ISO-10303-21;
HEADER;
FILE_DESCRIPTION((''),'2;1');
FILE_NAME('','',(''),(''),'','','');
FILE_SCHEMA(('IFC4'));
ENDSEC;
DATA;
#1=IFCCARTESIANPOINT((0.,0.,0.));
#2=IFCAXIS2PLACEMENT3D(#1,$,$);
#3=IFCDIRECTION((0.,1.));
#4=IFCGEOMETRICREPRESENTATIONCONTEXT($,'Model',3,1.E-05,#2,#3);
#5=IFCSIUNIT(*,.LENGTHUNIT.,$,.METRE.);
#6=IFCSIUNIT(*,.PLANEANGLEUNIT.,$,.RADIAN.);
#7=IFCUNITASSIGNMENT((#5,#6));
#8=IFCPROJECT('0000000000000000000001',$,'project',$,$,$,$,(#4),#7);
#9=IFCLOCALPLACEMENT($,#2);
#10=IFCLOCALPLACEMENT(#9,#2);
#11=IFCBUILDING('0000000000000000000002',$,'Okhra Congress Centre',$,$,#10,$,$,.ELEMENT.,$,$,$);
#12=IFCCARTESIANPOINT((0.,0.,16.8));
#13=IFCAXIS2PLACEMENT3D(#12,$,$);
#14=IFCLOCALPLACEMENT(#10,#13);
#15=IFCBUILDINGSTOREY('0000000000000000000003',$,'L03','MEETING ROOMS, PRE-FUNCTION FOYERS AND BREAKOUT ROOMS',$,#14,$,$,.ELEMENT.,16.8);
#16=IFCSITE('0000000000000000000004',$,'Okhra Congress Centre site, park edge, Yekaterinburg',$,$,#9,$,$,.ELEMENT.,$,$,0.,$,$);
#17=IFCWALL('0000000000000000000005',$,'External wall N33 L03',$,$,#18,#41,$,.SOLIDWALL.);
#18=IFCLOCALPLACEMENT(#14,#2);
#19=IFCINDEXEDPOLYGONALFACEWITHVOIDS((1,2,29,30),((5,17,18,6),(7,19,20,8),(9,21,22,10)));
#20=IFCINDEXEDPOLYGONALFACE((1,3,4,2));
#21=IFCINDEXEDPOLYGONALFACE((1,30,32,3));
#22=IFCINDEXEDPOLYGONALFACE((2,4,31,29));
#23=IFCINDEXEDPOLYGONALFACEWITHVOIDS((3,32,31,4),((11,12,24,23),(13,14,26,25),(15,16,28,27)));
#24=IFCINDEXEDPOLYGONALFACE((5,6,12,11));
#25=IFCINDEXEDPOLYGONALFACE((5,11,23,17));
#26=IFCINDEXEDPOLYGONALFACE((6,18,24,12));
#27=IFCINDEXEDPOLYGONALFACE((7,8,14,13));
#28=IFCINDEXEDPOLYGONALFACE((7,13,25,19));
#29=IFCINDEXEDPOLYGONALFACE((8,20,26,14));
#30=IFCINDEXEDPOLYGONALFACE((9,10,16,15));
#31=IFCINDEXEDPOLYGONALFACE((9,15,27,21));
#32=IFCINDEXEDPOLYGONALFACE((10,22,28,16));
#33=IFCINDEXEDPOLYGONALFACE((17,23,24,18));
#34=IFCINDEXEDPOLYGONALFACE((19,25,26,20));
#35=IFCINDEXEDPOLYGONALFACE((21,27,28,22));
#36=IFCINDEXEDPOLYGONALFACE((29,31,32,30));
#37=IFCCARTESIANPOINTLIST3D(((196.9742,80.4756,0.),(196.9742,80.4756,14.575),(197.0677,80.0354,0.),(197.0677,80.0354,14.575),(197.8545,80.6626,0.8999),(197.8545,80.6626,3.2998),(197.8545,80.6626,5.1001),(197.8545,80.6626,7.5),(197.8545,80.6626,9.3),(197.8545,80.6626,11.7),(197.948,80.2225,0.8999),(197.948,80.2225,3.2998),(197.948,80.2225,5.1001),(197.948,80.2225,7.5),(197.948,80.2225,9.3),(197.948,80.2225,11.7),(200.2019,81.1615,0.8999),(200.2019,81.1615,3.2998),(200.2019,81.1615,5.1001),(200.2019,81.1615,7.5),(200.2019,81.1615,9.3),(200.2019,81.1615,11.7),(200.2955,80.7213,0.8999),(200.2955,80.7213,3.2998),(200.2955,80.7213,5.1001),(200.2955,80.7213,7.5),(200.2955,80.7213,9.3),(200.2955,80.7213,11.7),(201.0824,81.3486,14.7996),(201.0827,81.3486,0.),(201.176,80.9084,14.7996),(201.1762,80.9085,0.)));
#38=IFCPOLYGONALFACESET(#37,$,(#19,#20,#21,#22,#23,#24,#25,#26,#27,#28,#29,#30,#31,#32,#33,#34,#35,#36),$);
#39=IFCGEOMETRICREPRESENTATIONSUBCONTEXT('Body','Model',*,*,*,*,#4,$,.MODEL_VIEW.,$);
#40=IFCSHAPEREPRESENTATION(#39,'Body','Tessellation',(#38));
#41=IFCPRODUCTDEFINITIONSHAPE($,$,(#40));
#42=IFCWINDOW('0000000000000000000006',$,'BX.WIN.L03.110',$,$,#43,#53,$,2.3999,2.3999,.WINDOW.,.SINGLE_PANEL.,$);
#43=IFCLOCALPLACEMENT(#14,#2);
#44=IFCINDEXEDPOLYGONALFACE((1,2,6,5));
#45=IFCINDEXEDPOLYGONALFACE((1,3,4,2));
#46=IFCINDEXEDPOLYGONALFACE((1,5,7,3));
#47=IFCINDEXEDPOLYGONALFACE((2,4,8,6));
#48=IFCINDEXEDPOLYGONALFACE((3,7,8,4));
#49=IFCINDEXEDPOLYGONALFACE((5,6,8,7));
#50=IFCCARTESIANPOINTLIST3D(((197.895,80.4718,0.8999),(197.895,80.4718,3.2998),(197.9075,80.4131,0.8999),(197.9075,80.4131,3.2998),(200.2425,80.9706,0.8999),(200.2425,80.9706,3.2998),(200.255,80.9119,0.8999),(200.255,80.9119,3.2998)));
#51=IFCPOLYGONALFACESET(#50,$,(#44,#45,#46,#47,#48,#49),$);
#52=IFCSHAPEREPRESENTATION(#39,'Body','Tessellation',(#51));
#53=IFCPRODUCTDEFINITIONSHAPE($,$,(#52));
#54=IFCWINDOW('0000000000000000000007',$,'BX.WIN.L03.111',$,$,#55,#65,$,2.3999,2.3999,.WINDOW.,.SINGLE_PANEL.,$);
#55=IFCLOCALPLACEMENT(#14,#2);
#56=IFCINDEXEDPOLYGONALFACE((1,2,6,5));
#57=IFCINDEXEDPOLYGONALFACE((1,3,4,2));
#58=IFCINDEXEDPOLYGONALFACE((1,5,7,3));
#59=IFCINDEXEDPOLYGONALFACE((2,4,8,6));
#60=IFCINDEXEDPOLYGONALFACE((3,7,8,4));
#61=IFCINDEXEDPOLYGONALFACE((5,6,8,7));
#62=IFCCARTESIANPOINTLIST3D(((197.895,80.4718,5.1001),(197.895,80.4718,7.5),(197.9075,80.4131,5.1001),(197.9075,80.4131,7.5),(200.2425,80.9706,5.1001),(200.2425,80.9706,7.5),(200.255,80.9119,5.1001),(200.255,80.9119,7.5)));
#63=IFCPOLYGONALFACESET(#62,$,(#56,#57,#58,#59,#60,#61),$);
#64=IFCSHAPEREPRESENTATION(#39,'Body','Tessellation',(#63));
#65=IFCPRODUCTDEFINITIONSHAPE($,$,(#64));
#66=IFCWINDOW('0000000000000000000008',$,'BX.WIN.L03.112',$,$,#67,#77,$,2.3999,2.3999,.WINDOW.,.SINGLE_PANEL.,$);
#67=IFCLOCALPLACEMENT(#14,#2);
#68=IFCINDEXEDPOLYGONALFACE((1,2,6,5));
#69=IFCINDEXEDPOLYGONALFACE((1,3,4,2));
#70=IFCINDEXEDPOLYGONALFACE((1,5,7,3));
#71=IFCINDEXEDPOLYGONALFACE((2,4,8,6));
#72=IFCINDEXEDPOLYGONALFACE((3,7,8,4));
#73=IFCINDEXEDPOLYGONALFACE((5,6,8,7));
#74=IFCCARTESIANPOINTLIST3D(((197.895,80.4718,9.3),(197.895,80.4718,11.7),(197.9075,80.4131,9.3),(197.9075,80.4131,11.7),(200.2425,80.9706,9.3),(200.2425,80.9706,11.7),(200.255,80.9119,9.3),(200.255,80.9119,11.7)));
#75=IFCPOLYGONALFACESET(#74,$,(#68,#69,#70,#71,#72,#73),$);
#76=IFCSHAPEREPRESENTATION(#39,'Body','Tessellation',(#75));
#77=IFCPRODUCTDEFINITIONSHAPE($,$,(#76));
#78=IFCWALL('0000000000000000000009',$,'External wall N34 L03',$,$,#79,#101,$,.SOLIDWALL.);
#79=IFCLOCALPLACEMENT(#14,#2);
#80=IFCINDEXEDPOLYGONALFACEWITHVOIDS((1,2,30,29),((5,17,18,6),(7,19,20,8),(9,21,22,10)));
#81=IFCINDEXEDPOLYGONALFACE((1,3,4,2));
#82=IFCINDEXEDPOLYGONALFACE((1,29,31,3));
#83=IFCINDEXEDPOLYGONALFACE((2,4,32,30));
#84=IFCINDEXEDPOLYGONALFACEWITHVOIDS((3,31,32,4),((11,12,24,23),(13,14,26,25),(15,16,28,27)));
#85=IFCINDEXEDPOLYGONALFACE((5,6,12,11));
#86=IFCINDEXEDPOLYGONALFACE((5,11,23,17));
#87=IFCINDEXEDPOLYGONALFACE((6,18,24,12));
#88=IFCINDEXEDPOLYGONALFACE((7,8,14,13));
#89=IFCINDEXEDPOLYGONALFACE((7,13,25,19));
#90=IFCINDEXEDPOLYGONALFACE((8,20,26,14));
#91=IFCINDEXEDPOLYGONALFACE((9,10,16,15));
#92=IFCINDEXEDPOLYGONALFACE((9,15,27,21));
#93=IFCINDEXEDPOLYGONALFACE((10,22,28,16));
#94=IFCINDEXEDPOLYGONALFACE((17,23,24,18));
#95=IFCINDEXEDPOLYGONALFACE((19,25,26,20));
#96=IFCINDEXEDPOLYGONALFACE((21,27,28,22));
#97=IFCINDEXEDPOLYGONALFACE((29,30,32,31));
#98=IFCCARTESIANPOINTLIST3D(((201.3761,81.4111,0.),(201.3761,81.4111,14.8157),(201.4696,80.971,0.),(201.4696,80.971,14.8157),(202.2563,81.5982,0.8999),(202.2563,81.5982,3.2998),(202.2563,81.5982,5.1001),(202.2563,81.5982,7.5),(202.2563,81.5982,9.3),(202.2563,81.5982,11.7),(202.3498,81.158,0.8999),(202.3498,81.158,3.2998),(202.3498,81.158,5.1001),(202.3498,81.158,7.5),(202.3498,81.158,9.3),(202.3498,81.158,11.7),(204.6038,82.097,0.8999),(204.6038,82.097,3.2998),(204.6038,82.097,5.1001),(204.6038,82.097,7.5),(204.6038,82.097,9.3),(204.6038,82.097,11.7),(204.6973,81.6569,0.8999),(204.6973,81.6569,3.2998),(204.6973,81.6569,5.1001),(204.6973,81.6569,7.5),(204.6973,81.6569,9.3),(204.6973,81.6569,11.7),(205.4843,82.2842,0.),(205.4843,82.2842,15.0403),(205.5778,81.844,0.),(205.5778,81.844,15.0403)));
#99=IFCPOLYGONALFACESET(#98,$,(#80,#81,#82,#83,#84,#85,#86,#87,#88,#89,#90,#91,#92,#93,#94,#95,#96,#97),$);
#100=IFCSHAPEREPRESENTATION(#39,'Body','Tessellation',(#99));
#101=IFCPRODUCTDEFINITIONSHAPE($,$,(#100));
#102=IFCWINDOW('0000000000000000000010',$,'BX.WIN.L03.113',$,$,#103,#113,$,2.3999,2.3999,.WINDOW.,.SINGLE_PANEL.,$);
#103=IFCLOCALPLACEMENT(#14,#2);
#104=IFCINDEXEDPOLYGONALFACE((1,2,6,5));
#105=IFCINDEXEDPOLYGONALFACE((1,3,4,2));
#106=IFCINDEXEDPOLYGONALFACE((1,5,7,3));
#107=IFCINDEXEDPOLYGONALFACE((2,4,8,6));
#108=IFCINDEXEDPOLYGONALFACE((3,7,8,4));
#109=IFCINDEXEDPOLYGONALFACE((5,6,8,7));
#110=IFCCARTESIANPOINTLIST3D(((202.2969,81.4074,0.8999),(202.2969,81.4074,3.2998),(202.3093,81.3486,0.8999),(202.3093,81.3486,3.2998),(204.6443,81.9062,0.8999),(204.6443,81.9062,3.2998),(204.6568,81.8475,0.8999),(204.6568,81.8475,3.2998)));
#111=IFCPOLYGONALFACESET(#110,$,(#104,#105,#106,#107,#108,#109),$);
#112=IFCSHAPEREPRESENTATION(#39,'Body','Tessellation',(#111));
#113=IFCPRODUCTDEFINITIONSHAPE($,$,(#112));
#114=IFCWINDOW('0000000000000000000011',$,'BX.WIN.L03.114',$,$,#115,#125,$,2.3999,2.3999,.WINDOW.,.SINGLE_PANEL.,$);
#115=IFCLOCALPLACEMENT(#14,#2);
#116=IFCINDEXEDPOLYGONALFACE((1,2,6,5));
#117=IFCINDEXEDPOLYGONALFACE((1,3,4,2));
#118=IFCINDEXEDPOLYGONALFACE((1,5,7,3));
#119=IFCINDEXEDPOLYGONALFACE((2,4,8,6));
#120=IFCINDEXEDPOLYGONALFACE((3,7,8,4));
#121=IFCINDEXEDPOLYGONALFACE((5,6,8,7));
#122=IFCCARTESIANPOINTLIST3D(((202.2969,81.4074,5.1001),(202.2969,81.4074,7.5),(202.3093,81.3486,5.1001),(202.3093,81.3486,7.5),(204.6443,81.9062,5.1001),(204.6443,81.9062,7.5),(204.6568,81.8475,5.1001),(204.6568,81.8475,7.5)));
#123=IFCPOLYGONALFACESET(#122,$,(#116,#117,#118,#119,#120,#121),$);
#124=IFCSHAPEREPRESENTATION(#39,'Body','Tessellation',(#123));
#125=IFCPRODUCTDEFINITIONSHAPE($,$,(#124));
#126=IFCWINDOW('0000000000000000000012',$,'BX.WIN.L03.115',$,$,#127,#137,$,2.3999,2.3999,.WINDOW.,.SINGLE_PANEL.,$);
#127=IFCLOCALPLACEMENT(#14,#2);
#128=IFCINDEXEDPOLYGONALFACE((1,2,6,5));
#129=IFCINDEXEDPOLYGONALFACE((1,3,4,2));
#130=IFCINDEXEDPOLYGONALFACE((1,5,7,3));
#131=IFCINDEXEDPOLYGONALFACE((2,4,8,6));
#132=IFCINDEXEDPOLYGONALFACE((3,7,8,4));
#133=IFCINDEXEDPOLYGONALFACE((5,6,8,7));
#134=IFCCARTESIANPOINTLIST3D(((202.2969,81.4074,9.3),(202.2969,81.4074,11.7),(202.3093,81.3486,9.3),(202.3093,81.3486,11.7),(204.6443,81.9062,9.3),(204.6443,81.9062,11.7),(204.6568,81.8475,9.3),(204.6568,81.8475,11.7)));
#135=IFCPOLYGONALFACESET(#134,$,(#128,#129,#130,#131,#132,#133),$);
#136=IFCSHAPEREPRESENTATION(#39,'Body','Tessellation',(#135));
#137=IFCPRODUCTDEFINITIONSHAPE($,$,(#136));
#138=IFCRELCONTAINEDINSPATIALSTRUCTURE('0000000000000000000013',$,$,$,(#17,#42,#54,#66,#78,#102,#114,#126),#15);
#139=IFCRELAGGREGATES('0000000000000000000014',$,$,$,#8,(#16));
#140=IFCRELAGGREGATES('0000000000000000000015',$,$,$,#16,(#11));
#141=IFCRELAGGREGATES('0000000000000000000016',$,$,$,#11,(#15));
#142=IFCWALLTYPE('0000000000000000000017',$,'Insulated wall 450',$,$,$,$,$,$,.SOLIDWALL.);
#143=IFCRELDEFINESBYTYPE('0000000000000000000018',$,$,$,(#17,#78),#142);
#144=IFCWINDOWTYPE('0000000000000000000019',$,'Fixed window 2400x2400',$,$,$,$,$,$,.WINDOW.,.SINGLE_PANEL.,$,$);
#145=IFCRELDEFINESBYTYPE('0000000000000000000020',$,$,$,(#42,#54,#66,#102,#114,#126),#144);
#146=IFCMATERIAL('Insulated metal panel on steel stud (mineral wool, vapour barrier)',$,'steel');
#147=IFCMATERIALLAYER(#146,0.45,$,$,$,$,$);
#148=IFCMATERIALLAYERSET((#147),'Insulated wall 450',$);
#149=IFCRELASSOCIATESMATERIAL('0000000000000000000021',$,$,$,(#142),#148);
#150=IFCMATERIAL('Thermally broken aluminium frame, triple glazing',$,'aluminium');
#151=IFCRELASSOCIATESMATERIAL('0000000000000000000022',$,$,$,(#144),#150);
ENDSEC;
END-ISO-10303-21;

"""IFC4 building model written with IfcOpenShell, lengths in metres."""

from ifc_helpers import new_model, si_unit, direction, frame, frame_2d, origin, place, context, subcontext, project, spatial, polyline, rectangle, outline, extrude, material, layer, layer_set, type_object, element, fill, save


model = new_model("IFC4")

# Units and contexts
model_context = context("Model", 3, precision=1e-05, world=origin(), true_north=direction((0.0, 1.0)))
body_context = subcontext(model_context, "Body", "Model", "MODEL_VIEW")
ifc_project = project(units=[si_unit("LENGTHUNIT", "METRE"), si_unit("PLANEANGLEUNIT", "RADIAN")], contexts=[model_context])

# Site, building, storey
site_placement = place(None, origin())
site = spatial("IfcSite", under=ifc_project, at=site_placement, Name="Okhra Congress Centre site, park edge, Yekaterinburg", CompositionType="ELEMENT", RefElevation=0.0)
building_placement = place(site_placement, origin())
building = spatial("IfcBuilding", under=site, at=building_placement, Name="Okhra Congress Centre", CompositionType="ELEMENT")
storey_placement = place(building_placement, frame((0.0, 0.0, 16.8)))
storey = spatial("IfcBuildingStorey", under=building, at=storey_placement, Name="L03", Description="MEETING ROOMS, PRE-FUNCTION FOYERS AND BREAKOUT ROOMS", CompositionType="ELEMENT", Elevation=16.8)

# Walls, openings, windows
ifc_material_1 = material(Name="Insulated metal panel on steel stud (mineral wool, vapour barrier)", Category="steel")
ifc_layer = layer(ifc_material_1, 0.45)
ifc_layer_set = layer_set([ifc_layer], Name="Insulated wall 450")
wall_type = type_object("IfcWallType", Name="Insulated wall 450", PredefinedType="SOLIDWALL", material=ifc_layer_set)
wall_1_placement = place(storey_placement, frame((197.021, 80.2554, 0.0), z_axis=(0.0, 0.0, 1.0), x_axis=(0.978158, 0.207862, 0.0)))
wall_1 = element("IfcWall", 1, at=wall_1_placement, inside=storey, type_object=wall_type, Name="External wall N33 L03", PredefinedType="SOLIDWALL", context=body_context, shape_type="SweptSolid", body=[
    extrude(outline(polyline([(0.0, 0.0), (4.2002, 0.0), (4.2, 14.7996), (0.0, 14.575), (0.0, 0.0)])), frame((0.0, 0.2251, 0.0), z_axis=(0.0, -1.0, 0.0), x_axis=(1.0, 0.0, 0.0)), (0.0, 0.0, 1.0), 0.45),
])
opening_1_placement = place(wall_1_placement, frame((0.8999, 0.0, 0.8999)))
opening_1 = element("IfcOpeningElement", 2, at=opening_1_placement, cuts=wall_1, PredefinedType="OPENING", context=body_context, shape_type="SweptSolid", body=[
    extrude(rectangle(XDim=2.3999, YDim=2.3999, at=frame_2d((1.2, 1.2))), frame((0.0, 0.2349, 0.0), z_axis=(0.0, -1.0, 0.0), x_axis=(1.0, 0.0, 0.0)), (0.0, 0.0, 1.0), 0.47),
])
opening_2_placement = place(wall_1_placement, frame((0.8999, 0.0, 5.1001)))
opening_2 = element("IfcOpeningElement", 3, at=opening_2_placement, cuts=wall_1, PredefinedType="OPENING", context=body_context, shape_type="SweptSolid", body=[
    extrude(rectangle(XDim=2.3999, YDim=2.3999, at=frame_2d((1.2, 1.2))), frame((0.0, 0.2349, 0.0), z_axis=(0.0, -1.0, 0.0), x_axis=(1.0, 0.0, 0.0)), (0.0, 0.0, 1.0), 0.47),
])
opening_3_placement = place(wall_1_placement, frame((0.8999, 0.0, 9.3)))
opening_3 = element("IfcOpeningElement", 4, at=opening_3_placement, cuts=wall_1, PredefinedType="OPENING", context=body_context, shape_type="SweptSolid", body=[
    extrude(rectangle(XDim=2.3999, YDim=2.3999, at=frame_2d((1.2, 1.2))), frame((0.0, 0.2349, 0.0), z_axis=(0.0, -1.0, 0.0), x_axis=(1.0, 0.0, 0.0)), (0.0, 0.0, 1.0), 0.47),
])
ifc_material_2 = material(Name="Thermally broken aluminium frame, triple glazing", Category="aluminium")
window_type_1 = type_object("IfcWindowType", Name="Fixed window 2400x2400", PartitioningType="SINGLE_PANEL", PredefinedType="WINDOW", material=ifc_material_2)
window_1_placement = place(opening_1_placement, origin())
window_1 = element("IfcWindow", 5, at=window_1_placement, inside=storey, type_object=window_type_1, Name="BX.WIN.L03.110", OverallHeight=2.3999, OverallWidth=2.3999, PartitioningType="SINGLE_PANEL", PredefinedType="WINDOW", context=body_context, shape_type="SweptSolid", body=[
    extrude(rectangle(XDim=2.3999, YDim=2.3999, at=frame_2d((1.2, 1.2))), frame((0.0, 0.03, 0.0), z_axis=(0.0, -1.0, 0.0), x_axis=(1.0, 0.0, 0.0)), (0.0, 0.0, 1.0), 0.0601),
])
fill(opening_1, window_1)
window_2_placement = place(opening_2_placement, origin())
window_2 = element("IfcWindow", 6, at=window_2_placement, inside=storey, type_object=window_type_1, Name="BX.WIN.L03.111", OverallHeight=2.3999, OverallWidth=2.3999, PartitioningType="SINGLE_PANEL", PredefinedType="WINDOW", context=body_context, shape_type="SweptSolid", body=[
    extrude(rectangle(XDim=2.3999, YDim=2.3999, at=frame_2d((1.2, 1.2))), frame((0.0, 0.03, 0.0), z_axis=(0.0, -1.0, 0.0), x_axis=(1.0, 0.0, 0.0)), (0.0, 0.0, 1.0), 0.0601),
])
fill(opening_2, window_2)
window_3_placement = place(opening_3_placement, origin())
window_3 = element("IfcWindow", 7, at=window_3_placement, inside=storey, type_object=window_type_1, Name="BX.WIN.L03.112", OverallHeight=2.3999, OverallWidth=2.3999, PartitioningType="SINGLE_PANEL", PredefinedType="WINDOW", context=body_context, shape_type="SweptSolid", body=[
    extrude(rectangle(XDim=2.3999, YDim=2.3999, at=frame_2d((1.2, 1.2))), frame((0.0, 0.03, 0.0), z_axis=(0.0, -1.0, 0.0), x_axis=(1.0, 0.0, 0.0)), (0.0, 0.0, 1.0), 0.0601),
])
fill(opening_3, window_3)
wall_2_placement = place(storey_placement, frame((201.4229, 81.1909, 0.0), z_axis=(0.0, 0.0, 1.0), x_axis=(0.978156, 0.207873, 0.0)))
wall_2 = element("IfcWall", 8, at=wall_2_placement, inside=storey, type_object=wall_type, Name="External wall N34 L03", PredefinedType="SOLIDWALL", context=body_context, shape_type="SweptSolid", body=[
    extrude(outline(polyline([(0.0, 0.0), (4.2, 0.0), (4.2, 15.0403), (0.0, 14.8157), (0.0, 0.0)])), frame((0.0, 0.2251, 0.0), z_axis=(0.0, -1.0, 0.0), x_axis=(1.0, 0.0, 0.0)), (0.0, 0.0, 1.0), 0.45),
])
opening_4_placement = place(wall_2_placement, frame((0.8999, 0.0, 0.8999)))
opening_4 = element("IfcOpeningElement", 9, at=opening_4_placement, cuts=wall_2, PredefinedType="OPENING", context=body_context, shape_type="SweptSolid", body=[
    extrude(rectangle(XDim=2.3999, YDim=2.3999, at=frame_2d((1.2, 1.2))), frame((0.0, 0.2349, 0.0), z_axis=(0.0, -1.0, 0.0), x_axis=(1.0, 0.0, 0.0)), (0.0, 0.0, 1.0), 0.47),
])
opening_5_placement = place(wall_2_placement, frame((0.8999, 0.0, 5.1001)))
opening_5 = element("IfcOpeningElement", 10, at=opening_5_placement, cuts=wall_2, PredefinedType="OPENING", context=body_context, shape_type="SweptSolid", body=[
    extrude(rectangle(XDim=2.3999, YDim=2.3999, at=frame_2d((1.2, 1.2))), frame((0.0, 0.2349, 0.0), z_axis=(0.0, -1.0, 0.0), x_axis=(1.0, 0.0, 0.0)), (0.0, 0.0, 1.0), 0.47),
])
opening_6_placement = place(wall_2_placement, frame((0.8999, 0.0, 9.3)))
opening_6 = element("IfcOpeningElement", 11, at=opening_6_placement, cuts=wall_2, PredefinedType="OPENING", context=body_context, shape_type="SweptSolid", body=[
    extrude(rectangle(XDim=2.3999, YDim=2.3999, at=frame_2d((1.2, 1.2))), frame((0.0, 0.2349, 0.0), z_axis=(0.0, -1.0, 0.0), x_axis=(1.0, 0.0, 0.0)), (0.0, 0.0, 1.0), 0.47),
])
window_4_placement = place(opening_4_placement, origin())
window_4 = element("IfcWindow", 12, at=window_4_placement, inside=storey, type_object=window_type_1, Name="BX.WIN.L03.113", OverallHeight=2.3999, OverallWidth=2.3999, PartitioningType="SINGLE_PANEL", PredefinedType="WINDOW", context=body_context, shape_type="SweptSolid", body=[
    extrude(rectangle(XDim=2.3999, YDim=2.3999, at=frame_2d((1.2, 1.2))), frame((0.0, 0.03, 0.0), z_axis=(0.0, -1.0, 0.0), x_axis=(1.0, 0.0, 0.0)), (0.0, 0.0, 1.0), 0.0601),
])
fill(opening_4, window_4)
window_5_placement = place(opening_5_placement, origin())
window_5 = element("IfcWindow", 13, at=window_5_placement, inside=storey, type_object=window_type_1, Name="BX.WIN.L03.114", OverallHeight=2.3999, OverallWidth=2.3999, PartitioningType="SINGLE_PANEL", PredefinedType="WINDOW", context=body_context, shape_type="SweptSolid", body=[
    extrude(rectangle(XDim=2.3999, YDim=2.3999, at=frame_2d((1.2, 1.2))), frame((0.0, 0.03, 0.0), z_axis=(0.0, -1.0, 0.0), x_axis=(1.0, 0.0, 0.0)), (0.0, 0.0, 1.0), 0.0601),
])
fill(opening_5, window_5)
window_6_placement = place(opening_6_placement, origin())
window_6 = element("IfcWindow", 14, at=window_6_placement, inside=storey, type_object=window_type_1, Name="BX.WIN.L03.115", OverallHeight=2.3999, OverallWidth=2.3999, PartitioningType="SINGLE_PANEL", PredefinedType="WINDOW", context=body_context, shape_type="SweptSolid", body=[
    extrude(rectangle(XDim=2.3999, YDim=2.3999, at=frame_2d((1.2, 1.2))), frame((0.0, 0.03, 0.0), z_axis=(0.0, -1.0, 0.0), x_axis=(1.0, 0.0, 0.0)), (0.0, 0.0, 1.0), 0.0601),
])
fill(opening_6, window_6)

save(model, "model.ifc")
